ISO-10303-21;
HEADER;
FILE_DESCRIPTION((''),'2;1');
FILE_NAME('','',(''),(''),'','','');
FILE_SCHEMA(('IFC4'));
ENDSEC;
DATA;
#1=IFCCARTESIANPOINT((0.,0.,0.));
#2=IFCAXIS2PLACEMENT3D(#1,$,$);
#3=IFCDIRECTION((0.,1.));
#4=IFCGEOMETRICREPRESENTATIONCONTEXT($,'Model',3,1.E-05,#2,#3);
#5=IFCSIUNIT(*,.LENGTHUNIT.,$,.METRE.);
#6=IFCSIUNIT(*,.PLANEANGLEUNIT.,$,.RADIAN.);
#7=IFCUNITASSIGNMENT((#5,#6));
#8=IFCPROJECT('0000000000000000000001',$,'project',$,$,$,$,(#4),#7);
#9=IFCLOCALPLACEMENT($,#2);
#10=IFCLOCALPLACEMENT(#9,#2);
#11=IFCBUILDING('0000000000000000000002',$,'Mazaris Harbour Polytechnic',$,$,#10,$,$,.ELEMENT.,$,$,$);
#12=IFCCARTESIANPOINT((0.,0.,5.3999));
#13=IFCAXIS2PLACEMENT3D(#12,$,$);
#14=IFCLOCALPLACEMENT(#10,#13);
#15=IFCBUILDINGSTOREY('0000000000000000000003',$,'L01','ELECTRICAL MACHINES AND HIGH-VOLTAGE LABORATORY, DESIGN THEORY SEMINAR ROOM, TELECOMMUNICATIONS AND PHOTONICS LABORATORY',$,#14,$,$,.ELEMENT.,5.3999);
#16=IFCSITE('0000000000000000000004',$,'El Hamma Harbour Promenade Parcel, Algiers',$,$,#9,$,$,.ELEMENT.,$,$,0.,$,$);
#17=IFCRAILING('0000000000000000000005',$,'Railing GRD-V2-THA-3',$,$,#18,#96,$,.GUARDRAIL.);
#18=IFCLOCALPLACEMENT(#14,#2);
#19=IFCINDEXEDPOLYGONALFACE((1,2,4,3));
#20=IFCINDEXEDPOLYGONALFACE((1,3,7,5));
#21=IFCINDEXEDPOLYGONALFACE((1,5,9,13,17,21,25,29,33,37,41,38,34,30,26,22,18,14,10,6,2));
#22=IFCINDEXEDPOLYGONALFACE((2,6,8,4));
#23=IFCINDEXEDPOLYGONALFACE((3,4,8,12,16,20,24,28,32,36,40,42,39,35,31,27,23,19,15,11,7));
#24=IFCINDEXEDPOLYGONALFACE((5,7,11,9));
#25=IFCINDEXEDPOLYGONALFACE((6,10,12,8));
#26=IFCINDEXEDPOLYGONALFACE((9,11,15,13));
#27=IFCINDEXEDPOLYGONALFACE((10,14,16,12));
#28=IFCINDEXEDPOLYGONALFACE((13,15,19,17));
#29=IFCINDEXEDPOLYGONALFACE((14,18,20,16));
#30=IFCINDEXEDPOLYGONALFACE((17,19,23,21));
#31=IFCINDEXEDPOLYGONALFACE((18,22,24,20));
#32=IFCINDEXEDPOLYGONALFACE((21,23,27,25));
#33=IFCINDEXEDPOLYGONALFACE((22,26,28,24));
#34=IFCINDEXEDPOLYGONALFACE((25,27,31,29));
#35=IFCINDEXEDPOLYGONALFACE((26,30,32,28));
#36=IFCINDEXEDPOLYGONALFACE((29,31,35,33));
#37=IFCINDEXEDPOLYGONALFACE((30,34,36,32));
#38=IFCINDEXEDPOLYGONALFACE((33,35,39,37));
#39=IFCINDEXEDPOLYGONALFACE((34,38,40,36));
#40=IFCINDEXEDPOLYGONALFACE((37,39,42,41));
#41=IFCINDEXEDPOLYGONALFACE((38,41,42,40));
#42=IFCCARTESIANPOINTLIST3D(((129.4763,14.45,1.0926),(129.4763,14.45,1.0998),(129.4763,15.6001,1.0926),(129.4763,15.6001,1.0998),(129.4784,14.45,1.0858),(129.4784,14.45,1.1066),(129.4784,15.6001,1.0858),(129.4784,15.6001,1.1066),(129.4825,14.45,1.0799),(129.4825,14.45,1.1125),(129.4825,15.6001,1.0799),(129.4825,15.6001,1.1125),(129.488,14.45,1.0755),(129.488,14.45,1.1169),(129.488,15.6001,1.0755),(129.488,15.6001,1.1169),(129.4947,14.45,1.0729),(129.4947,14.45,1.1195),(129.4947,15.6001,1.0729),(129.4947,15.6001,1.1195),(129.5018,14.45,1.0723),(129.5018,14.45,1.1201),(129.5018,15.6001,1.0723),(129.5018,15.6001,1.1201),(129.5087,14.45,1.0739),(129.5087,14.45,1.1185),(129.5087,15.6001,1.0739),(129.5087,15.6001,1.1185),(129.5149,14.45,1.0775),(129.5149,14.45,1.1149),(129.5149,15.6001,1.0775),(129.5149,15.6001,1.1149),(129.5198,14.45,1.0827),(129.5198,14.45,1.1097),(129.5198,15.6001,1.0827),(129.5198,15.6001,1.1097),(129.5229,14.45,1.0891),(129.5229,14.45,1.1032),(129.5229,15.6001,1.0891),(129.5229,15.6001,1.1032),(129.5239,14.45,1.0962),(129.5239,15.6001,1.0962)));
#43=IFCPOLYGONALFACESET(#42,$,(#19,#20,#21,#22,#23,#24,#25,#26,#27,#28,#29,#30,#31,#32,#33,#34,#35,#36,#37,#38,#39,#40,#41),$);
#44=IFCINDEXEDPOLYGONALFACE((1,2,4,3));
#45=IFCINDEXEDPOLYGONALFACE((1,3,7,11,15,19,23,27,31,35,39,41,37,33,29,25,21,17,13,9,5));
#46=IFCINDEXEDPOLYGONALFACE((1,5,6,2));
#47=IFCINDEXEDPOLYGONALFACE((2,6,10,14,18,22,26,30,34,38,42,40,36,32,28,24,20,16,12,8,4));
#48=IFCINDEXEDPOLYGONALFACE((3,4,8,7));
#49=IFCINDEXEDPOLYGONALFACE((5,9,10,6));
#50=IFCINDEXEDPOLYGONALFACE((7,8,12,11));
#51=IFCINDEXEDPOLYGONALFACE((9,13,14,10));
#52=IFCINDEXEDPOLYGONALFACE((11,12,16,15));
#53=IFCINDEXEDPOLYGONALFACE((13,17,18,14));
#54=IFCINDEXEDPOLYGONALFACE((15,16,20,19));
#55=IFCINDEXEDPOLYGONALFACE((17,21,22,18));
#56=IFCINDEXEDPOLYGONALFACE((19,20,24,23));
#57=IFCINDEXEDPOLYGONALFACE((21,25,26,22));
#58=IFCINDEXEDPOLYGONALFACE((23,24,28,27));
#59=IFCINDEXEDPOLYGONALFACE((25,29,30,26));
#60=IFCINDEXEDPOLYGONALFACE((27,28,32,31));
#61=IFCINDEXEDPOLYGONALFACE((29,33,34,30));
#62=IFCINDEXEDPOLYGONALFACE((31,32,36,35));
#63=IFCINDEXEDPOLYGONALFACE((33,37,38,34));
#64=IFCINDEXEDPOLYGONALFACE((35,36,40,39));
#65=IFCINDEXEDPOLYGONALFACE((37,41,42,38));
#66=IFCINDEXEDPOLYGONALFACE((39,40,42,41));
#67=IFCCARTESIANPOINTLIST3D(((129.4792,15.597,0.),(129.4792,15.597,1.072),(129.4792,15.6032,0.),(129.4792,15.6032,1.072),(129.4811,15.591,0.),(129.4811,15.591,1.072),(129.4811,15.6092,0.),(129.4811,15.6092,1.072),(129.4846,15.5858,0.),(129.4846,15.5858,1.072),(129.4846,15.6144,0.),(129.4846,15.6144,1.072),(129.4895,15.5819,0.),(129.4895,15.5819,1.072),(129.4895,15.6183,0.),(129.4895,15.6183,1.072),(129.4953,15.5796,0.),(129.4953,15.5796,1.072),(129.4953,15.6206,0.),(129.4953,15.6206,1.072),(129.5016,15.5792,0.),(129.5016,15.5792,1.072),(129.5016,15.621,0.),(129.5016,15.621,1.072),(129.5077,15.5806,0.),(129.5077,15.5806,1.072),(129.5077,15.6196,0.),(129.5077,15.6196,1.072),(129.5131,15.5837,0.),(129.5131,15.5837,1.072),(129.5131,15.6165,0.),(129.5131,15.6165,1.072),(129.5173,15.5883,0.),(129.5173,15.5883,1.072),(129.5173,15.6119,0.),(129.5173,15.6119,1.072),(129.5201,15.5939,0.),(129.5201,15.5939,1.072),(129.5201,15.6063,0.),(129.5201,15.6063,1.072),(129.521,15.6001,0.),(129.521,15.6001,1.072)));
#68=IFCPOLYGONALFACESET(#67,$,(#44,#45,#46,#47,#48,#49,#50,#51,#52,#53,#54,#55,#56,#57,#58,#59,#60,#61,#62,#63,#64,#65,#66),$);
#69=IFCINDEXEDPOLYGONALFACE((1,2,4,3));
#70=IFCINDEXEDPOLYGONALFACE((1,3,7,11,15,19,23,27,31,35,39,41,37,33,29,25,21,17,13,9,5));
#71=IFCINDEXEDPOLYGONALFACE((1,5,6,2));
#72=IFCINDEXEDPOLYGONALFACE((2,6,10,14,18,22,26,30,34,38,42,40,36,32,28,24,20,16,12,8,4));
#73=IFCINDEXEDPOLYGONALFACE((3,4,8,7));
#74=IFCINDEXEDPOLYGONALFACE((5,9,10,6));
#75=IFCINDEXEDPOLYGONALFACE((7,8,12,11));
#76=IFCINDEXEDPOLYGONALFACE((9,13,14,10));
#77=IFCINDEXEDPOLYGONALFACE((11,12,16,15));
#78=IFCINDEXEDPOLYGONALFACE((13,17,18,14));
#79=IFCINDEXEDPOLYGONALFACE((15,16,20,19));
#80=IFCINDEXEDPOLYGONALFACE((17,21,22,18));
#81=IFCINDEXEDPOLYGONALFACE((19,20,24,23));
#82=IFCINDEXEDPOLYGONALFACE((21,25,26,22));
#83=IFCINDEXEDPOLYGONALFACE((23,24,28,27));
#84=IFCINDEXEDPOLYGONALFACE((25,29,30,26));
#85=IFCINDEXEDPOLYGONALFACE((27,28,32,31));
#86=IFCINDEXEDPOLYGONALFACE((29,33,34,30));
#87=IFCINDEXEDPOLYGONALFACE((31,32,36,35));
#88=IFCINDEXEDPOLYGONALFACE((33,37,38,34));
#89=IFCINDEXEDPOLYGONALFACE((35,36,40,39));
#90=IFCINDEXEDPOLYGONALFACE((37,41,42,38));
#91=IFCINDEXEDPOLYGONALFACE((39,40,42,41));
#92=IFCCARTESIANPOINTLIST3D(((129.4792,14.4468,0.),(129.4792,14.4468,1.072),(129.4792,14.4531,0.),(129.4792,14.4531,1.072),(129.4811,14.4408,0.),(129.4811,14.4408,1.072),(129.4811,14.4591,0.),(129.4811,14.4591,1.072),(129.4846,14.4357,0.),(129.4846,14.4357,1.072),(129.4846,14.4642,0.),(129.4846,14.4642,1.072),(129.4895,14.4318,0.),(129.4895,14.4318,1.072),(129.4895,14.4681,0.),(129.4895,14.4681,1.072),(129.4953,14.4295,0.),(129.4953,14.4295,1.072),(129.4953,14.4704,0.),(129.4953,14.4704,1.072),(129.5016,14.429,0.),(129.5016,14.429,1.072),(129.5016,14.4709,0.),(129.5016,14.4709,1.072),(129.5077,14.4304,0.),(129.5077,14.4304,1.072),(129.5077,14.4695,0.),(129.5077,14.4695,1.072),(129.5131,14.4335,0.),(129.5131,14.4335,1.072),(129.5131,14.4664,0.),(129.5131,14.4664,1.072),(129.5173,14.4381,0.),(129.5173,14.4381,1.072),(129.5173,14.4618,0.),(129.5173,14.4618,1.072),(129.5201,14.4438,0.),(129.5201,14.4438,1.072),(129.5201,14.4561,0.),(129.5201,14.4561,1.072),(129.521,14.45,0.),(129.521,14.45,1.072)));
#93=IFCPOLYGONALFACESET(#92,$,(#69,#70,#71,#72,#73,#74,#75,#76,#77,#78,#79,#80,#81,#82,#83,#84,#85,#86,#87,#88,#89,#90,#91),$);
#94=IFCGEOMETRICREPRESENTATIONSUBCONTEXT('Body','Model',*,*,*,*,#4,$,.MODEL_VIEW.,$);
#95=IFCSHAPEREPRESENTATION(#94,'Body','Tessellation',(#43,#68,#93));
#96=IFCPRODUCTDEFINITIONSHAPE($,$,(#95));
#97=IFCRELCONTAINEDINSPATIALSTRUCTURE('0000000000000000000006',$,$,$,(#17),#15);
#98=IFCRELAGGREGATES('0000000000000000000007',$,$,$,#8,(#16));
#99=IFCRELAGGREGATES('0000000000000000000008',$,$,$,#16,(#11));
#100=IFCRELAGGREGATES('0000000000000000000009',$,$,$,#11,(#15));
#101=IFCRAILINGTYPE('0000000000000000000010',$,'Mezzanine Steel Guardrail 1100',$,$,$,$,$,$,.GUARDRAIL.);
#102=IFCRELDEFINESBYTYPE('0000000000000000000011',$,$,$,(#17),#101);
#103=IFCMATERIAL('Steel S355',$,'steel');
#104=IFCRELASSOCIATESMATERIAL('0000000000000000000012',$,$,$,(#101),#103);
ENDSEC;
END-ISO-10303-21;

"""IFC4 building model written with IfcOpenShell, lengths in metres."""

from ifc_helpers import new_model, si_unit, direction, frame, origin, origin_2d, place, context, subcontext, project, spatial, circle, extrude, material, type_object, element, save


model = new_model("IFC4")

# Units and contexts
model_context = context("Model", 3, precision=1e-05, world=origin(), true_north=direction((0.0, 1.0)))
body_context = subcontext(model_context, "Body", "Model", "MODEL_VIEW")
ifc_project = project(units=[si_unit("LENGTHUNIT", "METRE"), si_unit("PLANEANGLEUNIT", "RADIAN")], contexts=[model_context])

# Site, building, storey
site_placement = place(None, origin())
site = spatial("IfcSite", under=ifc_project, at=site_placement, Name="El Hamma Harbour Promenade Parcel, Algiers", CompositionType="ELEMENT", RefElevation=0.0)
building_placement = place(site_placement, origin())
building = spatial("IfcBuilding", under=site, at=building_placement, Name="Mazaris Harbour Polytechnic", CompositionType="ELEMENT")
storey_placement = place(building_placement, frame((0.0, 0.0, 5.3999)))
storey = spatial("IfcBuildingStorey", under=building, at=storey_placement, Name="L01", Description="ELECTRICAL MACHINES AND HIGH-VOLTAGE LABORATORY, DESIGN THEORY SEMINAR ROOM, TELECOMMUNICATIONS AND PHOTONICS LABORATORY", CompositionType="ELEMENT", Elevation=5.3999)

# Railing
ifc_material_1 = material(Name="Steel S355", Category="steel")
railing_type_1 = type_object("IfcRailingType", Name="Mezzanine Steel Guardrail 1100", PredefinedType="GUARDRAIL", material=ifc_material_1)
railing_1_placement = place(storey_placement, frame((129.5, 15.6001, 0.0)))
element("IfcRailing", 1, at=railing_1_placement, inside=storey, type_object=railing_type_1, Name="Railing GRD-V2-THA-3", PredefinedType="GUARDRAIL", context=body_context, shape_type="SweptSolid", body=[
    extrude(circle(Radius=0.0239, at=origin_2d()), frame((0.0, 0.0, 1.0962), z_axis=(0.0, -1.0, 0.0), x_axis=(1.0, 0.0, 0.0)), (0.0, 0.0, 1.0), 1.1501),
    extrude(circle(Radius=0.021, at=origin_2d()), origin(), (0.0, 0.0, 1.0), 1.072),
    extrude(circle(Radius=0.021, at=origin_2d()), frame((0.0, -1.1501, 0.0)), (0.0, 0.0, 1.0), 1.072),
])

save(model, "model.ifc")
